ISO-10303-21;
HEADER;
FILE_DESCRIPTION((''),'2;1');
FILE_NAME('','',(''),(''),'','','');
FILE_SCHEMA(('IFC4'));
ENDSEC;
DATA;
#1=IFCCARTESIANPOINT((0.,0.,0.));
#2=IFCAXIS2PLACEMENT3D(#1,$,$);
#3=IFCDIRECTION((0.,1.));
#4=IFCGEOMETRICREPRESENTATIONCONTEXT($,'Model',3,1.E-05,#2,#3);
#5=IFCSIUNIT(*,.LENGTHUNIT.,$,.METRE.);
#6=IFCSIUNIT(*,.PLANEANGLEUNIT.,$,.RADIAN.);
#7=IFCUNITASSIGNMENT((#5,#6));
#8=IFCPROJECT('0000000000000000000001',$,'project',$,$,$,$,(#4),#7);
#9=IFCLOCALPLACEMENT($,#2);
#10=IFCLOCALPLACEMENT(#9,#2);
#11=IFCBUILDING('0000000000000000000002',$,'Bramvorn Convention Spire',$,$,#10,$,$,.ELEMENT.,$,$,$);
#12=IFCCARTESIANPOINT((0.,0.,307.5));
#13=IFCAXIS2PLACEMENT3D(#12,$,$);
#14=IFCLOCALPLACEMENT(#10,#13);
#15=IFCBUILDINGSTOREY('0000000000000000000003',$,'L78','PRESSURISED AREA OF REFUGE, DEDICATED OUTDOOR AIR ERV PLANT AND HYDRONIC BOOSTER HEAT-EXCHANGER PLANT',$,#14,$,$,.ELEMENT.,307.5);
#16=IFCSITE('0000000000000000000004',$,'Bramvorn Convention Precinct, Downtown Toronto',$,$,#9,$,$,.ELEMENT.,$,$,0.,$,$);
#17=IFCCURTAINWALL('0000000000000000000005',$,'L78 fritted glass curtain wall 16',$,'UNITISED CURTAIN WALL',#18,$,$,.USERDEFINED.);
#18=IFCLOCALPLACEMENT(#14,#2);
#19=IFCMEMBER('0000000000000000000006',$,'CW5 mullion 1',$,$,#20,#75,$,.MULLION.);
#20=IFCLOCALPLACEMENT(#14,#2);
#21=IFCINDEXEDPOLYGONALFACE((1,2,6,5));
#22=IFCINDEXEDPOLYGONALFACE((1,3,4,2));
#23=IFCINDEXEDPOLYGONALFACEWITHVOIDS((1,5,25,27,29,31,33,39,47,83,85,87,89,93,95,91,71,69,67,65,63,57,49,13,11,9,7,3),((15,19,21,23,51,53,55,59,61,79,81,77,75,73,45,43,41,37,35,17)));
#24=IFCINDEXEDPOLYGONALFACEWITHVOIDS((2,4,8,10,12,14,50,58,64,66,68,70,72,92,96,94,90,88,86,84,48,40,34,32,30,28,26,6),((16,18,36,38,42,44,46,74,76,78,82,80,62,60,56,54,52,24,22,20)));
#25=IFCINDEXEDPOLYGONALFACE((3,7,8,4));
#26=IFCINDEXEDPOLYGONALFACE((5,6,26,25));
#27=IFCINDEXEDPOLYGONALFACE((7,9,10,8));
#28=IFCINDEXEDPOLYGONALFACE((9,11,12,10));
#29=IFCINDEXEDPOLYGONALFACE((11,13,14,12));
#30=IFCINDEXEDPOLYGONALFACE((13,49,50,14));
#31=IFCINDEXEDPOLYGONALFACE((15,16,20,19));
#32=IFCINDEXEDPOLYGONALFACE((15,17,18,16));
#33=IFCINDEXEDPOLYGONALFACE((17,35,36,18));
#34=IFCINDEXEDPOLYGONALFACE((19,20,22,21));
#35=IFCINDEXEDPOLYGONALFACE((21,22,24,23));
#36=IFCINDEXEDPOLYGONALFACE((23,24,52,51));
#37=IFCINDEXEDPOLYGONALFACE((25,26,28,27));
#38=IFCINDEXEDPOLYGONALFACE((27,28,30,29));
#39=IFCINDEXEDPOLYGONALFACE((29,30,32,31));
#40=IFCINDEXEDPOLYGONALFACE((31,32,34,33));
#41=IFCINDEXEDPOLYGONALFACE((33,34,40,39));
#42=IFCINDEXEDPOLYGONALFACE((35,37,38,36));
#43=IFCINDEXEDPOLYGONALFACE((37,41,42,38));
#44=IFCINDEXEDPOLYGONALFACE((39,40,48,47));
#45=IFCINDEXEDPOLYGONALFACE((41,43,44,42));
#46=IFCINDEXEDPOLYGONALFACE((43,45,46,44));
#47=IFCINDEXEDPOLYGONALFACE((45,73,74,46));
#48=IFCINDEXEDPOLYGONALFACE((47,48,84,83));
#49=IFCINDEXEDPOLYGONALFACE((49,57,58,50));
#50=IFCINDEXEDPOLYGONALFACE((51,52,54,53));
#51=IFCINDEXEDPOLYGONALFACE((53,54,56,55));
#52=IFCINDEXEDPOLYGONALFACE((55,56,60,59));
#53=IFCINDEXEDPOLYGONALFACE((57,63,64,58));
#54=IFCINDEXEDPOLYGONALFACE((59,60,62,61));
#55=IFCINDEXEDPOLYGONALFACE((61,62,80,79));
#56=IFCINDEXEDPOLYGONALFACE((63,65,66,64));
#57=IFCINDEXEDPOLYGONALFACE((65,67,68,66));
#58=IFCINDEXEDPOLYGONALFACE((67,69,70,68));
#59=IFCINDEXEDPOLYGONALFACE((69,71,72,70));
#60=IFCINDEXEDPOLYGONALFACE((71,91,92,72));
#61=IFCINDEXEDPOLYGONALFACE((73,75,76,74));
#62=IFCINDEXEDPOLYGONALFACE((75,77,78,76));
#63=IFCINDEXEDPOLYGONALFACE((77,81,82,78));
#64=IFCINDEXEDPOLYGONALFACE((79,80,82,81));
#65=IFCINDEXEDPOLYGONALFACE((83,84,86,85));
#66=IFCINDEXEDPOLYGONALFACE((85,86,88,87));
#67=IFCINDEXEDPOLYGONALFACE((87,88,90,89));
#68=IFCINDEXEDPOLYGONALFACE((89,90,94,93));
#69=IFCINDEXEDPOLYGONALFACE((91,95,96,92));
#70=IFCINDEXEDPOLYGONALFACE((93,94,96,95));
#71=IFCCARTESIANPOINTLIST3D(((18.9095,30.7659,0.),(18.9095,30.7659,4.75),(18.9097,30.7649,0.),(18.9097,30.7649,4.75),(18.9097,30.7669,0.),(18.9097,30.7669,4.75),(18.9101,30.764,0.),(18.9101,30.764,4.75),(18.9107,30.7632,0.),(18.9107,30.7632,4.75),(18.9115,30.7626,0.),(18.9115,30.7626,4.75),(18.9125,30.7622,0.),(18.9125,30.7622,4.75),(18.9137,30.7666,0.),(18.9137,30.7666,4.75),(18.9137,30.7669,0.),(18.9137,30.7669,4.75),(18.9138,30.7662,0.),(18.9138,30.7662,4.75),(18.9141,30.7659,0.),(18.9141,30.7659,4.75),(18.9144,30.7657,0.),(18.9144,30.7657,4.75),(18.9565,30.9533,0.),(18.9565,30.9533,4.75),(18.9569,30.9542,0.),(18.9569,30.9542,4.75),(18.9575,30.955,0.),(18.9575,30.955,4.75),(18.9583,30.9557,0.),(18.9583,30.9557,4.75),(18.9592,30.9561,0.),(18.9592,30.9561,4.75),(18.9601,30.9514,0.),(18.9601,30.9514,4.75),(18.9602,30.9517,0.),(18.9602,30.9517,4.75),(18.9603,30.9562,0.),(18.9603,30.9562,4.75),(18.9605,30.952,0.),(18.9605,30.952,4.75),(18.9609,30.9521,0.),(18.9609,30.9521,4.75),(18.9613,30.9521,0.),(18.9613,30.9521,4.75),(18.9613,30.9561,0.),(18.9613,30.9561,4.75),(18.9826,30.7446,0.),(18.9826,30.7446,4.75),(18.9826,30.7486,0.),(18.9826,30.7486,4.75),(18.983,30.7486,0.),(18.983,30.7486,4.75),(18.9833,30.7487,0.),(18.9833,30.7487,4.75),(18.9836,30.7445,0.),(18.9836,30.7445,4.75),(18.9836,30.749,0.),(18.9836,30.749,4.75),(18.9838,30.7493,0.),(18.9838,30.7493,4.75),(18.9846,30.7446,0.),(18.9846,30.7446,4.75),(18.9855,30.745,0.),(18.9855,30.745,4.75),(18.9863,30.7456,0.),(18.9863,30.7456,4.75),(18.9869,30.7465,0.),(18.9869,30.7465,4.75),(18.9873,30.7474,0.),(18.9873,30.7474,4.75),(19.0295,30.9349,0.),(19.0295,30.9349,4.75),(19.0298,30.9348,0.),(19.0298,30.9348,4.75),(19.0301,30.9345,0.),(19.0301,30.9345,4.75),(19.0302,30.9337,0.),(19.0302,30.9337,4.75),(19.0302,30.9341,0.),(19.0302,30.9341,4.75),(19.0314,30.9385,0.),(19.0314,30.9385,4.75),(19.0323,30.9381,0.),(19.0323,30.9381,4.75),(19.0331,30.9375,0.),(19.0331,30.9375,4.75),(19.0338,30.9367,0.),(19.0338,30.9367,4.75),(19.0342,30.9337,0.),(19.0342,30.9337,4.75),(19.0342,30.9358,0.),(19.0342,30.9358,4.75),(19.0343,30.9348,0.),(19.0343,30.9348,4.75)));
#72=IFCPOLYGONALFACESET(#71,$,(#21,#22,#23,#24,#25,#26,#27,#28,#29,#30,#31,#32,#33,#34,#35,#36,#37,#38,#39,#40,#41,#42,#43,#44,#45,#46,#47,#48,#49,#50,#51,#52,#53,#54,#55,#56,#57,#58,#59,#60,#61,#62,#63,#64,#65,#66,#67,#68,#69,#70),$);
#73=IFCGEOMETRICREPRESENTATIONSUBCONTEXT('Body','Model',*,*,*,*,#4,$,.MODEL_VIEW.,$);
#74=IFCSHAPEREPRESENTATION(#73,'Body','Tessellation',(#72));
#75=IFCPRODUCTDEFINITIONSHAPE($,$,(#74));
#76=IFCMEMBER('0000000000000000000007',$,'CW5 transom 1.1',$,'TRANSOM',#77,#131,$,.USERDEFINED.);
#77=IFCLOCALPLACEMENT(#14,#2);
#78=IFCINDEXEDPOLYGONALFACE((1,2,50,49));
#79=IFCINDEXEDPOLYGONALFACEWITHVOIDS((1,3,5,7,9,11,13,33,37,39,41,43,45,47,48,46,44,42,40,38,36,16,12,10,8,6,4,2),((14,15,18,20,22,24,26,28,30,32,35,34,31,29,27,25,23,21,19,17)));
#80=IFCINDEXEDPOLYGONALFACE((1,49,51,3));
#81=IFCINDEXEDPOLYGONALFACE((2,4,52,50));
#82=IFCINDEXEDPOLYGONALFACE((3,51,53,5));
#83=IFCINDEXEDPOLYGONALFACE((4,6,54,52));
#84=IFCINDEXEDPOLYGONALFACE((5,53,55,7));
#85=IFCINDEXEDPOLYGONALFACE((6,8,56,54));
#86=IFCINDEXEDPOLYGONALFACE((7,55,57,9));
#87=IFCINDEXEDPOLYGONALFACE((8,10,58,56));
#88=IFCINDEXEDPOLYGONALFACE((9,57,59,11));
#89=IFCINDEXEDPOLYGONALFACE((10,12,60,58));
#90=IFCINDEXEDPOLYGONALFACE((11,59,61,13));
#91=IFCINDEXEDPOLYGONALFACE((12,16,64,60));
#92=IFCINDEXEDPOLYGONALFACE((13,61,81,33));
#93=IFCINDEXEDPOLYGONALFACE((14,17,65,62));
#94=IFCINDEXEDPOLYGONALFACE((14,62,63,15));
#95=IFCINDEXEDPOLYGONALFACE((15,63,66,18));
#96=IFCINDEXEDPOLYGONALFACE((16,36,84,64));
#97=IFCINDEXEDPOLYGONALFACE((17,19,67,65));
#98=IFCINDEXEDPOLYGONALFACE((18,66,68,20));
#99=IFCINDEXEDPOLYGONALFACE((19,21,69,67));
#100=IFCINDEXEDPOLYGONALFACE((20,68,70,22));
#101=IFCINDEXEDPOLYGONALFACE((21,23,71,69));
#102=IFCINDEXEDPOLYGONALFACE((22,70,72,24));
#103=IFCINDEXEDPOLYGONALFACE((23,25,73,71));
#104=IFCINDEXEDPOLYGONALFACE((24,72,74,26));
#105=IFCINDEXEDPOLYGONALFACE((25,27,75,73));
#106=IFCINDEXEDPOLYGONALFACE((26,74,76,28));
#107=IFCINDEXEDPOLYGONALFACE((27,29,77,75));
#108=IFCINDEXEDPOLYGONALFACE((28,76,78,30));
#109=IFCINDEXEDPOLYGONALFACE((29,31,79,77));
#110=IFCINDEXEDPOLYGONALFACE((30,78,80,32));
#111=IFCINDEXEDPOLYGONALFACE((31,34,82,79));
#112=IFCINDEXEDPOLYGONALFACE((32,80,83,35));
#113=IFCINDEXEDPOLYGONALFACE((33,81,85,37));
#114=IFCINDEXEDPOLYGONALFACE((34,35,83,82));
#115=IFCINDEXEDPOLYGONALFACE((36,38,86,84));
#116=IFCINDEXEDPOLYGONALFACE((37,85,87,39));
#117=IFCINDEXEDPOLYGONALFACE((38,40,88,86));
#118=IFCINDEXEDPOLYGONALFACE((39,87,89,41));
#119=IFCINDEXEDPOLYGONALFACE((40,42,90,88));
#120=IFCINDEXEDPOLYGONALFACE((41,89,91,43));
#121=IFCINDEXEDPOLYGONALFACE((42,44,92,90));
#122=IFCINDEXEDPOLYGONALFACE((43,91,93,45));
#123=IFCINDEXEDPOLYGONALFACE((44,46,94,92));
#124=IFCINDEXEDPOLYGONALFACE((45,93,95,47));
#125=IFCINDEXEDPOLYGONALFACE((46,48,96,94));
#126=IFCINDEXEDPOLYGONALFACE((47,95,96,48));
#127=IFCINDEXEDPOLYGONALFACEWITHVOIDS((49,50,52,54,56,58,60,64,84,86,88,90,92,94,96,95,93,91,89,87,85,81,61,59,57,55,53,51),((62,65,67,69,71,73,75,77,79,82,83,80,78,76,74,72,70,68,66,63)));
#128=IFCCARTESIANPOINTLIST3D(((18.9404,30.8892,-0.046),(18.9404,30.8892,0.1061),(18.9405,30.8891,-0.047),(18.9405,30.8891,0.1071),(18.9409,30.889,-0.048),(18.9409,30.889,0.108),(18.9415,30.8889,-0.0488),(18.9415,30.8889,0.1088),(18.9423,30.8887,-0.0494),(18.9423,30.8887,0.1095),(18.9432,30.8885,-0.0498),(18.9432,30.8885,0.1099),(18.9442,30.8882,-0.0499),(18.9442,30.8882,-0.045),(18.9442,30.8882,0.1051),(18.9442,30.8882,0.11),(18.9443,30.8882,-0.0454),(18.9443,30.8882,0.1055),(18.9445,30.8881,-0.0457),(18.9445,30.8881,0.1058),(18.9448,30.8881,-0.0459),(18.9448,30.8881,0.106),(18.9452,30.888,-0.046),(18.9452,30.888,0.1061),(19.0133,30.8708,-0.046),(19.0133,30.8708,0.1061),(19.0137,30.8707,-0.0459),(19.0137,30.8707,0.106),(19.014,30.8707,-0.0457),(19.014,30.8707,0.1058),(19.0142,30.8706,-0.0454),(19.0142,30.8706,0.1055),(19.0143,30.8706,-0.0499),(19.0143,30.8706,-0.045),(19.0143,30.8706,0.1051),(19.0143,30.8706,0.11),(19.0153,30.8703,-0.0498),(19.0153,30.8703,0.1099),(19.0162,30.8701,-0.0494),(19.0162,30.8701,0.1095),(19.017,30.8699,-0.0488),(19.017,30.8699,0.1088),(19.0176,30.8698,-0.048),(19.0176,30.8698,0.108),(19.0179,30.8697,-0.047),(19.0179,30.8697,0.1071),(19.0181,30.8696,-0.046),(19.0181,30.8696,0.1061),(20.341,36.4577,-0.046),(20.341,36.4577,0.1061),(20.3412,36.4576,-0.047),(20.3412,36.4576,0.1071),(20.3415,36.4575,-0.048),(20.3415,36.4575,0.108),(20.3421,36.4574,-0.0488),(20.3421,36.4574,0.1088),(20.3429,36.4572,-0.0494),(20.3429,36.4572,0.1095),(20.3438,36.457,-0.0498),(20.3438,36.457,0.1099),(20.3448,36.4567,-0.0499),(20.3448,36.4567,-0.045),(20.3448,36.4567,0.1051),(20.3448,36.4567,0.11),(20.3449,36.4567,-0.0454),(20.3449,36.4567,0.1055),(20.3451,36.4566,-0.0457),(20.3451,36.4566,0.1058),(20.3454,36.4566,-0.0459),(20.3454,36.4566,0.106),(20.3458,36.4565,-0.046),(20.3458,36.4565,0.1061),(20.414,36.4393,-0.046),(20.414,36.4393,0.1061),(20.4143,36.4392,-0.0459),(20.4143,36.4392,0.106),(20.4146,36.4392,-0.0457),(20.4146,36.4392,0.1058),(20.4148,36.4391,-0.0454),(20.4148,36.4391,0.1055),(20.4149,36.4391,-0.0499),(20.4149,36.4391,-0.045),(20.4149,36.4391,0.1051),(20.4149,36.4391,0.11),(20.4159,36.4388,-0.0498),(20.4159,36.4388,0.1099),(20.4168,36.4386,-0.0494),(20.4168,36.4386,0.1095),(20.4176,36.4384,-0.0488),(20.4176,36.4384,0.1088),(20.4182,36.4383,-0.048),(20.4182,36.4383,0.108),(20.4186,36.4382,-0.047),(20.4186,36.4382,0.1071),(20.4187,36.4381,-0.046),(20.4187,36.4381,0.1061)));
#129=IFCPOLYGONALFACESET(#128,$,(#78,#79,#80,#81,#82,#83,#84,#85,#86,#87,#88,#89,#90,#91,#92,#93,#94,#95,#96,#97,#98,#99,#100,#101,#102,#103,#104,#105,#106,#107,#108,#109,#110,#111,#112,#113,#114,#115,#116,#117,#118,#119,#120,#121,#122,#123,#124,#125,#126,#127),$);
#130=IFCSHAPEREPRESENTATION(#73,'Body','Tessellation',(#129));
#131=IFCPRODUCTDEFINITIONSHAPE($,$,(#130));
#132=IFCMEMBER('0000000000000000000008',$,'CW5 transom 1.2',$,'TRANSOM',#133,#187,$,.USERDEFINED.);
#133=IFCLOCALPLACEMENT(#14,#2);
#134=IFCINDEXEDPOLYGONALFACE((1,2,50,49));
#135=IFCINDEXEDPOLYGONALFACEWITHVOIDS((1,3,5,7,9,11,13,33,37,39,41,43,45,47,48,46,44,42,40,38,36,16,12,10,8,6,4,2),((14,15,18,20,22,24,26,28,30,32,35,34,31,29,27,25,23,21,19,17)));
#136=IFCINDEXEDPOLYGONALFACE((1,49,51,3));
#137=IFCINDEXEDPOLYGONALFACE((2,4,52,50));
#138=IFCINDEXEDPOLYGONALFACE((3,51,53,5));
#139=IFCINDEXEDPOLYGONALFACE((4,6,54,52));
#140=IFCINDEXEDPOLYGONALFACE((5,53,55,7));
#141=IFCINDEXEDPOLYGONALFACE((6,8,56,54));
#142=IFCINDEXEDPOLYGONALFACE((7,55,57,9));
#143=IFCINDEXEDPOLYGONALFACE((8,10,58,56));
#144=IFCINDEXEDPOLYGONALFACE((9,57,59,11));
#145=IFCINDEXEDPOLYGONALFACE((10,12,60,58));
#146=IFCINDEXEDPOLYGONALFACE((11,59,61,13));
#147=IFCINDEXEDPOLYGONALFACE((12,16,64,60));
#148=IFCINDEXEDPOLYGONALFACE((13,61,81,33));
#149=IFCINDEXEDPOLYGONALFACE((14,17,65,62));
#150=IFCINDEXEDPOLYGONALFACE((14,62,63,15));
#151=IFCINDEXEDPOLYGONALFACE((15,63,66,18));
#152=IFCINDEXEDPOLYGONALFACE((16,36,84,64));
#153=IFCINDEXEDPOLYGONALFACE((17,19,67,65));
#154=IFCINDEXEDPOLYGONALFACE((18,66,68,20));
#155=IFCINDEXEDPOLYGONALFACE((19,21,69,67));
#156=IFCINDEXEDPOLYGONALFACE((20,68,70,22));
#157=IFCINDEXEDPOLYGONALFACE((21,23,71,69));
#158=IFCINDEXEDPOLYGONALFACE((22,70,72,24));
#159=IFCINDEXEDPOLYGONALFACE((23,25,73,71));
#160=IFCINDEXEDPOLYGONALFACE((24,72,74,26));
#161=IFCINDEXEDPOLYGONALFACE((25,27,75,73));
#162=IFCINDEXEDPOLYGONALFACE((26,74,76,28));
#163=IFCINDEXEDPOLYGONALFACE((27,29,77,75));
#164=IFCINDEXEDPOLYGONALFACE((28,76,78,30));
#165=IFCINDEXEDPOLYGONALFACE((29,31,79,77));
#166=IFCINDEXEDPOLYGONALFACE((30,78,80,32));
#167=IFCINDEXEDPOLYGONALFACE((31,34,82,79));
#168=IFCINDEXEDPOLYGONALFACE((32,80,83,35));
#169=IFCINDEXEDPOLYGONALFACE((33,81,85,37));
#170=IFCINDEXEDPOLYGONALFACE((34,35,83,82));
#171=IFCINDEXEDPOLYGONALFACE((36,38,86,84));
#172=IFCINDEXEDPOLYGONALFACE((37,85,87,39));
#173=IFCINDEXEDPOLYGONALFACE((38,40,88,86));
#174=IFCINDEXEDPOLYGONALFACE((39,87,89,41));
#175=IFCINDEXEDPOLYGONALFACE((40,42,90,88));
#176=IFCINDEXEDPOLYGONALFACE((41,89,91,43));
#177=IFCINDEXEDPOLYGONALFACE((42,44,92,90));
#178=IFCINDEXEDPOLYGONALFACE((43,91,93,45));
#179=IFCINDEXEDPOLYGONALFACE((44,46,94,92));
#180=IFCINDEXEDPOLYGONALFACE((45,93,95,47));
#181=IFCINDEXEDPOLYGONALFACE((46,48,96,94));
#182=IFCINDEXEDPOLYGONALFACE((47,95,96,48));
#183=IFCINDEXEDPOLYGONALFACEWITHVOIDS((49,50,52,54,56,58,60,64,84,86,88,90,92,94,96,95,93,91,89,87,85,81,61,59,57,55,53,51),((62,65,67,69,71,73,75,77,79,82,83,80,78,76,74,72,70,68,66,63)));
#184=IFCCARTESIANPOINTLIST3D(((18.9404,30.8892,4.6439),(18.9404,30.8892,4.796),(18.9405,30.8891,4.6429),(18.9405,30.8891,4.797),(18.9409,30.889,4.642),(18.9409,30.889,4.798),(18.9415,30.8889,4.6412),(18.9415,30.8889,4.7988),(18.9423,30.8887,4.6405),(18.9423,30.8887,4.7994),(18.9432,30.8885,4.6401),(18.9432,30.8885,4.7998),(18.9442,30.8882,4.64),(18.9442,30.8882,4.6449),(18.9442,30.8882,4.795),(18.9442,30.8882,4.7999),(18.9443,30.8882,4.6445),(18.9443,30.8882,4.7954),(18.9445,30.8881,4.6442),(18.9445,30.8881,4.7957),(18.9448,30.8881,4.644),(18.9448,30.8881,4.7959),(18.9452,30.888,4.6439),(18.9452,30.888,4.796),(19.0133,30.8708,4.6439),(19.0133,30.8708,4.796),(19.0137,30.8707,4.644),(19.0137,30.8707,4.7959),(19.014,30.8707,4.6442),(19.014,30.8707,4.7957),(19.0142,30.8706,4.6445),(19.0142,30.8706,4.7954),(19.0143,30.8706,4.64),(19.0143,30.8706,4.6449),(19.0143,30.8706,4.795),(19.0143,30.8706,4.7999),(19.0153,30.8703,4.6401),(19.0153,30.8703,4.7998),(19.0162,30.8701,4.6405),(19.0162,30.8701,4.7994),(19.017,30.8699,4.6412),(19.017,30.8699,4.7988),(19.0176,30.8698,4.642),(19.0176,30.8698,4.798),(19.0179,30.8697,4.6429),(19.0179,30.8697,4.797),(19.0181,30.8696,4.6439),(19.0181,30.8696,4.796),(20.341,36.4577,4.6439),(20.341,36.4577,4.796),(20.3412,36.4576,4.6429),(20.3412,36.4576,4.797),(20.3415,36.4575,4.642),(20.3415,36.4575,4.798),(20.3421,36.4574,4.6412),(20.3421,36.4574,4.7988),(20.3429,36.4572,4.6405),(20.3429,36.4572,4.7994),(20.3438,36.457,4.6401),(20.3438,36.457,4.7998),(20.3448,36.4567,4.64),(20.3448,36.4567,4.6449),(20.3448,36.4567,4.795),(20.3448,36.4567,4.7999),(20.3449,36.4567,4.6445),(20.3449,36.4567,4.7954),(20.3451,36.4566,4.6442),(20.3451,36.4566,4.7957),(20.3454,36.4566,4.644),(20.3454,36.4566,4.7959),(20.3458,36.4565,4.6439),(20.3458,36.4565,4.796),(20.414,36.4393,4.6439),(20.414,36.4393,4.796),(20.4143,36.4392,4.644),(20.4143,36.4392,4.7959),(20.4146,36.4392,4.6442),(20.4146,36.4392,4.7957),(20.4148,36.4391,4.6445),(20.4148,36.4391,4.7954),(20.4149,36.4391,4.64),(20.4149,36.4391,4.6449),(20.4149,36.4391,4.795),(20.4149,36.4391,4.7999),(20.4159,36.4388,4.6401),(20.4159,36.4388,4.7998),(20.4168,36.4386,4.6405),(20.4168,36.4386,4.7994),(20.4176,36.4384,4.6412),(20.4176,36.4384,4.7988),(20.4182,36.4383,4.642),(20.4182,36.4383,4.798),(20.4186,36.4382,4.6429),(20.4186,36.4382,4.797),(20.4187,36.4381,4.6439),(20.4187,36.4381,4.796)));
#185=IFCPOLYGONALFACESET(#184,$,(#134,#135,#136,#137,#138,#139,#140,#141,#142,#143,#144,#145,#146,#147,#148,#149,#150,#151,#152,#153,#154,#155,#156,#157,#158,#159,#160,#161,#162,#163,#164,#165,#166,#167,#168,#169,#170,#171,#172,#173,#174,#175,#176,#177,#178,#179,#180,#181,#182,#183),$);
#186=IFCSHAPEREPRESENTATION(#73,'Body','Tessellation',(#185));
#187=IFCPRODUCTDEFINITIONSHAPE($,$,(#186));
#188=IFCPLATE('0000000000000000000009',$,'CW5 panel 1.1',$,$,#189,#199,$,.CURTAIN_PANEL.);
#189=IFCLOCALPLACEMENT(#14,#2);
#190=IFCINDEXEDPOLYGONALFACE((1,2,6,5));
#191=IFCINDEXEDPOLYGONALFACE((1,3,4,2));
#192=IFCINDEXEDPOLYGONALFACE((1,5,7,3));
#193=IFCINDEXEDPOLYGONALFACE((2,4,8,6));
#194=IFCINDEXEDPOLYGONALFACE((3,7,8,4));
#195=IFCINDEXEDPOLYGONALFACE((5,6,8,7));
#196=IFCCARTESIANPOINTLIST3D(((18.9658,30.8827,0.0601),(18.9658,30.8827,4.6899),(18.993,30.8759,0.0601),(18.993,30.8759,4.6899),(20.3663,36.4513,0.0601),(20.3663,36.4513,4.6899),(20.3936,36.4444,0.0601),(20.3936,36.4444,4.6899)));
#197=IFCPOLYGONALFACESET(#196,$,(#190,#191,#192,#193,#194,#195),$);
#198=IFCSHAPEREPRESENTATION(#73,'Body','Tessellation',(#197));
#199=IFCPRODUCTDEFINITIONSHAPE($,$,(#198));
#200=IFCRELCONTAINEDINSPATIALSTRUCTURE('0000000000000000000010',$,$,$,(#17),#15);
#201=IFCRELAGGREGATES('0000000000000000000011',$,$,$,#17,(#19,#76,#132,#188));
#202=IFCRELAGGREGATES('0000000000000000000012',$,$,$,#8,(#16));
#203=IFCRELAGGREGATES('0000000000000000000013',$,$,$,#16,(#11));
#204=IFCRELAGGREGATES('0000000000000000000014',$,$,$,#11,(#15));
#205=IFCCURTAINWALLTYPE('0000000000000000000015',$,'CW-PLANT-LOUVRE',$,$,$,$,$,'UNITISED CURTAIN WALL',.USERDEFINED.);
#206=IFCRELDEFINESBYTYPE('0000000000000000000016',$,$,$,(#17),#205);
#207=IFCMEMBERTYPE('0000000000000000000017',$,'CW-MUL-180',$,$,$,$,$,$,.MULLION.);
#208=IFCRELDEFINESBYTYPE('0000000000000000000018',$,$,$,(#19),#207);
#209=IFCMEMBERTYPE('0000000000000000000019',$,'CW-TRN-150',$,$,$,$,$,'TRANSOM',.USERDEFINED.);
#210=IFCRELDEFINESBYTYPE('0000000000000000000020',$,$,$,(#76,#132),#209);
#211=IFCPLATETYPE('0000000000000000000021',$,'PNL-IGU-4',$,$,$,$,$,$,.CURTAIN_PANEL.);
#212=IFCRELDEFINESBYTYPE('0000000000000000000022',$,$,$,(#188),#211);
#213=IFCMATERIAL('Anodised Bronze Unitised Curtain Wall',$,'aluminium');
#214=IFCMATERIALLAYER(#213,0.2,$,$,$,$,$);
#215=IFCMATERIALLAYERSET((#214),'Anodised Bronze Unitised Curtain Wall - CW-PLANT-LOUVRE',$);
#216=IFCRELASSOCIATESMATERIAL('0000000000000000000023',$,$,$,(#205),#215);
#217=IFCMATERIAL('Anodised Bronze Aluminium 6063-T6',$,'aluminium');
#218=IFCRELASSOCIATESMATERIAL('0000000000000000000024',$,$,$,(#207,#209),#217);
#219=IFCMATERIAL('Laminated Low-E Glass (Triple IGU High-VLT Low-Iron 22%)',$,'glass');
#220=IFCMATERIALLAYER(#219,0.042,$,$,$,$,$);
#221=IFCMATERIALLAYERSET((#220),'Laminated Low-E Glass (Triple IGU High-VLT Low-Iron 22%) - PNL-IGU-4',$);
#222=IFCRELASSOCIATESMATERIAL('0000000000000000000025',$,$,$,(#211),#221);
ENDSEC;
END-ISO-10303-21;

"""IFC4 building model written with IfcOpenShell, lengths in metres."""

from ifc_helpers import new_model, si_unit, direction, frame, origin, origin_2d, place, context, subcontext, project, spatial, rectangle, hollow_rectangle, extrude, material, layer, layer_set, material_profile, profile_set, type_object, element, aggregate, save


model = new_model("IFC4")

# Units and contexts
model_context = context("Model", 3, precision=1e-05, world=origin(), true_north=direction((0.0, 1.0)))
body_context = subcontext(model_context, "Body", "Model", "MODEL_VIEW")
ifc_project = project(units=[si_unit("LENGTHUNIT", "METRE"), si_unit("PLANEANGLEUNIT", "RADIAN")], contexts=[model_context])

# Site, building, storey
site_placement = place(None, origin())
site = spatial("IfcSite", under=ifc_project, at=site_placement, Name="Bramvorn Convention Precinct, Downtown Toronto", CompositionType="ELEMENT", RefElevation=0.0)
building_placement = place(site_placement, origin())
building = spatial("IfcBuilding", under=site, at=building_placement, Name="Bramvorn Convention Spire", CompositionType="ELEMENT")
storey_placement = place(building_placement, frame((0.0, 0.0, 307.5)))
storey = spatial("IfcBuildingStorey", under=building, at=storey_placement, Name="L78", Description="PRESSURISED AREA OF REFUGE, DEDICATED OUTDOOR AIR ERV PLANT AND HYDRONIC BOOSTER HEAT-EXCHANGER PLANT", CompositionType="ELEMENT", Elevation=307.5)

# Curtain wall, members, plate
ifc_material_1 = material(Name="Anodised Bronze Unitised Curtain Wall", Category="aluminium")
ifc_layer_1 = layer(ifc_material_1, 0.2)
ifc_layer_set_1 = layer_set([ifc_layer_1], Name="Anodised Bronze Unitised Curtain Wall - CW-PLANT-LOUVRE")
curtain_wall_type = type_object("IfcCurtainWallType", Name="CW-PLANT-LOUVRE", ElementType="UNITISED CURTAIN WALL", PredefinedType="USERDEFINED", material=ifc_layer_set_1)
curtain_wall_placement = place(storey_placement, origin())
curtain_wall = element("IfcCurtainWall", 1, at=curtain_wall_placement, inside=storey, type_object=curtain_wall_type, Name="L78 fritted glass curtain wall 16", ObjectType="UNITISED CURTAIN WALL", PredefinedType="USERDEFINED")
ifc_material_2 = material(Name="Anodised Bronze Aluminium 6063-T6", Category="aluminium")
ifc_material_profile_1 = material_profile(ifc_material_2, hollow_rectangle(XDim=0.0801, YDim=0.2, WallThickness=0.0039, InnerFilletRadius=0.001, OuterFilletRadius=0.0039, at=origin_2d()))
ifc_profile_set_1 = profile_set([ifc_material_profile_1], Name="Anodised Bronze Aluminium 6063-T6 - CWM80X200")
member_type_1 = type_object("IfcMemberType", Name="CW-MUL-180", PredefinedType="MULLION", material=ifc_profile_set_1)
member_1_placement = place(storey_placement, frame((18.9719, 30.8503, 0.0), z_axis=(0.0, 0.0, 1.0), x_axis=(-0.969797, 0.243912, 0.0)))
member_1 = element("IfcMember", 2, at=member_1_placement, type_object=member_type_1, Name="CW5 mullion 1", PredefinedType="MULLION", context=body_context, shape_type="SweptSolid", body=[
    extrude(hollow_rectangle(XDim=0.0801, YDim=0.2, WallThickness=0.0039, InnerFilletRadius=0.001, OuterFilletRadius=0.0039, at=origin_2d()), origin(), (0.0, 0.0, 1.0), 4.75),
])
ifc_material_profile_2 = material_profile(ifc_material_2, hollow_rectangle(XDim=0.0801, YDim=0.1599, WallThickness=0.0039, InnerFilletRadius=0.001, OuterFilletRadius=0.0039, at=origin_2d()))
ifc_profile_set_2 = profile_set([ifc_material_profile_2], Name="Anodised Bronze Aluminium 6063-T6 - CWT80X160")
member_type_2 = type_object("IfcMemberType", Name="CW-TRN-150", ElementType="TRANSOM", PredefinedType="USERDEFINED", material=ifc_profile_set_2)
member_2_placement = place(storey_placement, frame((18.9792, 30.8794, 0.03), z_axis=(0.243926, 0.969794, 0.0), x_axis=(-0.969794, 0.243926, 0.0)))
member_2 = element("IfcMember", 3, at=member_2_placement, type_object=member_type_2, Name="CW5 transom 1.1", ObjectType="TRANSOM", PredefinedType="USERDEFINED", context=body_context, shape_type="SweptSolid", body=[
    extrude(hollow_rectangle(XDim=0.0801, YDim=0.1599, WallThickness=0.0039, InnerFilletRadius=0.001, OuterFilletRadius=0.0039, at=origin_2d()), origin(), (0.0, 0.0, 1.0), 5.7419),
])
member_3_placement = place(storey_placement, frame((18.9792, 30.8794, 4.72), z_axis=(0.243926, 0.969794, 0.0), x_axis=(-0.969794, 0.243926, 0.0)))
member_3 = element("IfcMember", 4, at=member_3_placement, type_object=member_type_2, Name="CW5 transom 1.2", ObjectType="TRANSOM", PredefinedType="USERDEFINED", context=body_context, shape_type="SweptSolid", body=[
    extrude(hollow_rectangle(XDim=0.0801, YDim=0.1599, WallThickness=0.0039, InnerFilletRadius=0.001, OuterFilletRadius=0.0039, at=origin_2d()), origin(), (0.0, 0.0, 1.0), 5.7419),
])
ifc_material_3 = material(Name="Laminated Low-E Glass (Triple IGU High-VLT Low-Iron 22%)", Category="glass")
ifc_layer_2 = layer(ifc_material_3, 0.042)
ifc_layer_set_2 = layer_set([ifc_layer_2], Name="Laminated Low-E Glass (Triple IGU High-VLT Low-Iron 22%) - PNL-IGU-4")
plate_type = type_object("IfcPlateType", Name="PNL-IGU-4", PredefinedType="CURTAIN_PANEL", material=ifc_layer_set_2)
plate_placement = place(storey_placement, frame((19.6797, 33.6636, 0.0601), z_axis=(0.0, 0.0, 1.0), x_axis=(0.243912, 0.969797, 0.0)))
plate = element("IfcPlate", 5, at=plate_placement, type_object=plate_type, Name="CW5 panel 1.1", PredefinedType="CURTAIN_PANEL", context=body_context, shape_type="SweptSolid", body=[
    extrude(rectangle(XDim=5.7419, YDim=0.0281, at=origin_2d()), origin(), (0.0, 0.0, 1.0), 4.6299),
])
aggregate(curtain_wall, [member_1, member_2, member_3, plate])

save(model, "model.ifc")
